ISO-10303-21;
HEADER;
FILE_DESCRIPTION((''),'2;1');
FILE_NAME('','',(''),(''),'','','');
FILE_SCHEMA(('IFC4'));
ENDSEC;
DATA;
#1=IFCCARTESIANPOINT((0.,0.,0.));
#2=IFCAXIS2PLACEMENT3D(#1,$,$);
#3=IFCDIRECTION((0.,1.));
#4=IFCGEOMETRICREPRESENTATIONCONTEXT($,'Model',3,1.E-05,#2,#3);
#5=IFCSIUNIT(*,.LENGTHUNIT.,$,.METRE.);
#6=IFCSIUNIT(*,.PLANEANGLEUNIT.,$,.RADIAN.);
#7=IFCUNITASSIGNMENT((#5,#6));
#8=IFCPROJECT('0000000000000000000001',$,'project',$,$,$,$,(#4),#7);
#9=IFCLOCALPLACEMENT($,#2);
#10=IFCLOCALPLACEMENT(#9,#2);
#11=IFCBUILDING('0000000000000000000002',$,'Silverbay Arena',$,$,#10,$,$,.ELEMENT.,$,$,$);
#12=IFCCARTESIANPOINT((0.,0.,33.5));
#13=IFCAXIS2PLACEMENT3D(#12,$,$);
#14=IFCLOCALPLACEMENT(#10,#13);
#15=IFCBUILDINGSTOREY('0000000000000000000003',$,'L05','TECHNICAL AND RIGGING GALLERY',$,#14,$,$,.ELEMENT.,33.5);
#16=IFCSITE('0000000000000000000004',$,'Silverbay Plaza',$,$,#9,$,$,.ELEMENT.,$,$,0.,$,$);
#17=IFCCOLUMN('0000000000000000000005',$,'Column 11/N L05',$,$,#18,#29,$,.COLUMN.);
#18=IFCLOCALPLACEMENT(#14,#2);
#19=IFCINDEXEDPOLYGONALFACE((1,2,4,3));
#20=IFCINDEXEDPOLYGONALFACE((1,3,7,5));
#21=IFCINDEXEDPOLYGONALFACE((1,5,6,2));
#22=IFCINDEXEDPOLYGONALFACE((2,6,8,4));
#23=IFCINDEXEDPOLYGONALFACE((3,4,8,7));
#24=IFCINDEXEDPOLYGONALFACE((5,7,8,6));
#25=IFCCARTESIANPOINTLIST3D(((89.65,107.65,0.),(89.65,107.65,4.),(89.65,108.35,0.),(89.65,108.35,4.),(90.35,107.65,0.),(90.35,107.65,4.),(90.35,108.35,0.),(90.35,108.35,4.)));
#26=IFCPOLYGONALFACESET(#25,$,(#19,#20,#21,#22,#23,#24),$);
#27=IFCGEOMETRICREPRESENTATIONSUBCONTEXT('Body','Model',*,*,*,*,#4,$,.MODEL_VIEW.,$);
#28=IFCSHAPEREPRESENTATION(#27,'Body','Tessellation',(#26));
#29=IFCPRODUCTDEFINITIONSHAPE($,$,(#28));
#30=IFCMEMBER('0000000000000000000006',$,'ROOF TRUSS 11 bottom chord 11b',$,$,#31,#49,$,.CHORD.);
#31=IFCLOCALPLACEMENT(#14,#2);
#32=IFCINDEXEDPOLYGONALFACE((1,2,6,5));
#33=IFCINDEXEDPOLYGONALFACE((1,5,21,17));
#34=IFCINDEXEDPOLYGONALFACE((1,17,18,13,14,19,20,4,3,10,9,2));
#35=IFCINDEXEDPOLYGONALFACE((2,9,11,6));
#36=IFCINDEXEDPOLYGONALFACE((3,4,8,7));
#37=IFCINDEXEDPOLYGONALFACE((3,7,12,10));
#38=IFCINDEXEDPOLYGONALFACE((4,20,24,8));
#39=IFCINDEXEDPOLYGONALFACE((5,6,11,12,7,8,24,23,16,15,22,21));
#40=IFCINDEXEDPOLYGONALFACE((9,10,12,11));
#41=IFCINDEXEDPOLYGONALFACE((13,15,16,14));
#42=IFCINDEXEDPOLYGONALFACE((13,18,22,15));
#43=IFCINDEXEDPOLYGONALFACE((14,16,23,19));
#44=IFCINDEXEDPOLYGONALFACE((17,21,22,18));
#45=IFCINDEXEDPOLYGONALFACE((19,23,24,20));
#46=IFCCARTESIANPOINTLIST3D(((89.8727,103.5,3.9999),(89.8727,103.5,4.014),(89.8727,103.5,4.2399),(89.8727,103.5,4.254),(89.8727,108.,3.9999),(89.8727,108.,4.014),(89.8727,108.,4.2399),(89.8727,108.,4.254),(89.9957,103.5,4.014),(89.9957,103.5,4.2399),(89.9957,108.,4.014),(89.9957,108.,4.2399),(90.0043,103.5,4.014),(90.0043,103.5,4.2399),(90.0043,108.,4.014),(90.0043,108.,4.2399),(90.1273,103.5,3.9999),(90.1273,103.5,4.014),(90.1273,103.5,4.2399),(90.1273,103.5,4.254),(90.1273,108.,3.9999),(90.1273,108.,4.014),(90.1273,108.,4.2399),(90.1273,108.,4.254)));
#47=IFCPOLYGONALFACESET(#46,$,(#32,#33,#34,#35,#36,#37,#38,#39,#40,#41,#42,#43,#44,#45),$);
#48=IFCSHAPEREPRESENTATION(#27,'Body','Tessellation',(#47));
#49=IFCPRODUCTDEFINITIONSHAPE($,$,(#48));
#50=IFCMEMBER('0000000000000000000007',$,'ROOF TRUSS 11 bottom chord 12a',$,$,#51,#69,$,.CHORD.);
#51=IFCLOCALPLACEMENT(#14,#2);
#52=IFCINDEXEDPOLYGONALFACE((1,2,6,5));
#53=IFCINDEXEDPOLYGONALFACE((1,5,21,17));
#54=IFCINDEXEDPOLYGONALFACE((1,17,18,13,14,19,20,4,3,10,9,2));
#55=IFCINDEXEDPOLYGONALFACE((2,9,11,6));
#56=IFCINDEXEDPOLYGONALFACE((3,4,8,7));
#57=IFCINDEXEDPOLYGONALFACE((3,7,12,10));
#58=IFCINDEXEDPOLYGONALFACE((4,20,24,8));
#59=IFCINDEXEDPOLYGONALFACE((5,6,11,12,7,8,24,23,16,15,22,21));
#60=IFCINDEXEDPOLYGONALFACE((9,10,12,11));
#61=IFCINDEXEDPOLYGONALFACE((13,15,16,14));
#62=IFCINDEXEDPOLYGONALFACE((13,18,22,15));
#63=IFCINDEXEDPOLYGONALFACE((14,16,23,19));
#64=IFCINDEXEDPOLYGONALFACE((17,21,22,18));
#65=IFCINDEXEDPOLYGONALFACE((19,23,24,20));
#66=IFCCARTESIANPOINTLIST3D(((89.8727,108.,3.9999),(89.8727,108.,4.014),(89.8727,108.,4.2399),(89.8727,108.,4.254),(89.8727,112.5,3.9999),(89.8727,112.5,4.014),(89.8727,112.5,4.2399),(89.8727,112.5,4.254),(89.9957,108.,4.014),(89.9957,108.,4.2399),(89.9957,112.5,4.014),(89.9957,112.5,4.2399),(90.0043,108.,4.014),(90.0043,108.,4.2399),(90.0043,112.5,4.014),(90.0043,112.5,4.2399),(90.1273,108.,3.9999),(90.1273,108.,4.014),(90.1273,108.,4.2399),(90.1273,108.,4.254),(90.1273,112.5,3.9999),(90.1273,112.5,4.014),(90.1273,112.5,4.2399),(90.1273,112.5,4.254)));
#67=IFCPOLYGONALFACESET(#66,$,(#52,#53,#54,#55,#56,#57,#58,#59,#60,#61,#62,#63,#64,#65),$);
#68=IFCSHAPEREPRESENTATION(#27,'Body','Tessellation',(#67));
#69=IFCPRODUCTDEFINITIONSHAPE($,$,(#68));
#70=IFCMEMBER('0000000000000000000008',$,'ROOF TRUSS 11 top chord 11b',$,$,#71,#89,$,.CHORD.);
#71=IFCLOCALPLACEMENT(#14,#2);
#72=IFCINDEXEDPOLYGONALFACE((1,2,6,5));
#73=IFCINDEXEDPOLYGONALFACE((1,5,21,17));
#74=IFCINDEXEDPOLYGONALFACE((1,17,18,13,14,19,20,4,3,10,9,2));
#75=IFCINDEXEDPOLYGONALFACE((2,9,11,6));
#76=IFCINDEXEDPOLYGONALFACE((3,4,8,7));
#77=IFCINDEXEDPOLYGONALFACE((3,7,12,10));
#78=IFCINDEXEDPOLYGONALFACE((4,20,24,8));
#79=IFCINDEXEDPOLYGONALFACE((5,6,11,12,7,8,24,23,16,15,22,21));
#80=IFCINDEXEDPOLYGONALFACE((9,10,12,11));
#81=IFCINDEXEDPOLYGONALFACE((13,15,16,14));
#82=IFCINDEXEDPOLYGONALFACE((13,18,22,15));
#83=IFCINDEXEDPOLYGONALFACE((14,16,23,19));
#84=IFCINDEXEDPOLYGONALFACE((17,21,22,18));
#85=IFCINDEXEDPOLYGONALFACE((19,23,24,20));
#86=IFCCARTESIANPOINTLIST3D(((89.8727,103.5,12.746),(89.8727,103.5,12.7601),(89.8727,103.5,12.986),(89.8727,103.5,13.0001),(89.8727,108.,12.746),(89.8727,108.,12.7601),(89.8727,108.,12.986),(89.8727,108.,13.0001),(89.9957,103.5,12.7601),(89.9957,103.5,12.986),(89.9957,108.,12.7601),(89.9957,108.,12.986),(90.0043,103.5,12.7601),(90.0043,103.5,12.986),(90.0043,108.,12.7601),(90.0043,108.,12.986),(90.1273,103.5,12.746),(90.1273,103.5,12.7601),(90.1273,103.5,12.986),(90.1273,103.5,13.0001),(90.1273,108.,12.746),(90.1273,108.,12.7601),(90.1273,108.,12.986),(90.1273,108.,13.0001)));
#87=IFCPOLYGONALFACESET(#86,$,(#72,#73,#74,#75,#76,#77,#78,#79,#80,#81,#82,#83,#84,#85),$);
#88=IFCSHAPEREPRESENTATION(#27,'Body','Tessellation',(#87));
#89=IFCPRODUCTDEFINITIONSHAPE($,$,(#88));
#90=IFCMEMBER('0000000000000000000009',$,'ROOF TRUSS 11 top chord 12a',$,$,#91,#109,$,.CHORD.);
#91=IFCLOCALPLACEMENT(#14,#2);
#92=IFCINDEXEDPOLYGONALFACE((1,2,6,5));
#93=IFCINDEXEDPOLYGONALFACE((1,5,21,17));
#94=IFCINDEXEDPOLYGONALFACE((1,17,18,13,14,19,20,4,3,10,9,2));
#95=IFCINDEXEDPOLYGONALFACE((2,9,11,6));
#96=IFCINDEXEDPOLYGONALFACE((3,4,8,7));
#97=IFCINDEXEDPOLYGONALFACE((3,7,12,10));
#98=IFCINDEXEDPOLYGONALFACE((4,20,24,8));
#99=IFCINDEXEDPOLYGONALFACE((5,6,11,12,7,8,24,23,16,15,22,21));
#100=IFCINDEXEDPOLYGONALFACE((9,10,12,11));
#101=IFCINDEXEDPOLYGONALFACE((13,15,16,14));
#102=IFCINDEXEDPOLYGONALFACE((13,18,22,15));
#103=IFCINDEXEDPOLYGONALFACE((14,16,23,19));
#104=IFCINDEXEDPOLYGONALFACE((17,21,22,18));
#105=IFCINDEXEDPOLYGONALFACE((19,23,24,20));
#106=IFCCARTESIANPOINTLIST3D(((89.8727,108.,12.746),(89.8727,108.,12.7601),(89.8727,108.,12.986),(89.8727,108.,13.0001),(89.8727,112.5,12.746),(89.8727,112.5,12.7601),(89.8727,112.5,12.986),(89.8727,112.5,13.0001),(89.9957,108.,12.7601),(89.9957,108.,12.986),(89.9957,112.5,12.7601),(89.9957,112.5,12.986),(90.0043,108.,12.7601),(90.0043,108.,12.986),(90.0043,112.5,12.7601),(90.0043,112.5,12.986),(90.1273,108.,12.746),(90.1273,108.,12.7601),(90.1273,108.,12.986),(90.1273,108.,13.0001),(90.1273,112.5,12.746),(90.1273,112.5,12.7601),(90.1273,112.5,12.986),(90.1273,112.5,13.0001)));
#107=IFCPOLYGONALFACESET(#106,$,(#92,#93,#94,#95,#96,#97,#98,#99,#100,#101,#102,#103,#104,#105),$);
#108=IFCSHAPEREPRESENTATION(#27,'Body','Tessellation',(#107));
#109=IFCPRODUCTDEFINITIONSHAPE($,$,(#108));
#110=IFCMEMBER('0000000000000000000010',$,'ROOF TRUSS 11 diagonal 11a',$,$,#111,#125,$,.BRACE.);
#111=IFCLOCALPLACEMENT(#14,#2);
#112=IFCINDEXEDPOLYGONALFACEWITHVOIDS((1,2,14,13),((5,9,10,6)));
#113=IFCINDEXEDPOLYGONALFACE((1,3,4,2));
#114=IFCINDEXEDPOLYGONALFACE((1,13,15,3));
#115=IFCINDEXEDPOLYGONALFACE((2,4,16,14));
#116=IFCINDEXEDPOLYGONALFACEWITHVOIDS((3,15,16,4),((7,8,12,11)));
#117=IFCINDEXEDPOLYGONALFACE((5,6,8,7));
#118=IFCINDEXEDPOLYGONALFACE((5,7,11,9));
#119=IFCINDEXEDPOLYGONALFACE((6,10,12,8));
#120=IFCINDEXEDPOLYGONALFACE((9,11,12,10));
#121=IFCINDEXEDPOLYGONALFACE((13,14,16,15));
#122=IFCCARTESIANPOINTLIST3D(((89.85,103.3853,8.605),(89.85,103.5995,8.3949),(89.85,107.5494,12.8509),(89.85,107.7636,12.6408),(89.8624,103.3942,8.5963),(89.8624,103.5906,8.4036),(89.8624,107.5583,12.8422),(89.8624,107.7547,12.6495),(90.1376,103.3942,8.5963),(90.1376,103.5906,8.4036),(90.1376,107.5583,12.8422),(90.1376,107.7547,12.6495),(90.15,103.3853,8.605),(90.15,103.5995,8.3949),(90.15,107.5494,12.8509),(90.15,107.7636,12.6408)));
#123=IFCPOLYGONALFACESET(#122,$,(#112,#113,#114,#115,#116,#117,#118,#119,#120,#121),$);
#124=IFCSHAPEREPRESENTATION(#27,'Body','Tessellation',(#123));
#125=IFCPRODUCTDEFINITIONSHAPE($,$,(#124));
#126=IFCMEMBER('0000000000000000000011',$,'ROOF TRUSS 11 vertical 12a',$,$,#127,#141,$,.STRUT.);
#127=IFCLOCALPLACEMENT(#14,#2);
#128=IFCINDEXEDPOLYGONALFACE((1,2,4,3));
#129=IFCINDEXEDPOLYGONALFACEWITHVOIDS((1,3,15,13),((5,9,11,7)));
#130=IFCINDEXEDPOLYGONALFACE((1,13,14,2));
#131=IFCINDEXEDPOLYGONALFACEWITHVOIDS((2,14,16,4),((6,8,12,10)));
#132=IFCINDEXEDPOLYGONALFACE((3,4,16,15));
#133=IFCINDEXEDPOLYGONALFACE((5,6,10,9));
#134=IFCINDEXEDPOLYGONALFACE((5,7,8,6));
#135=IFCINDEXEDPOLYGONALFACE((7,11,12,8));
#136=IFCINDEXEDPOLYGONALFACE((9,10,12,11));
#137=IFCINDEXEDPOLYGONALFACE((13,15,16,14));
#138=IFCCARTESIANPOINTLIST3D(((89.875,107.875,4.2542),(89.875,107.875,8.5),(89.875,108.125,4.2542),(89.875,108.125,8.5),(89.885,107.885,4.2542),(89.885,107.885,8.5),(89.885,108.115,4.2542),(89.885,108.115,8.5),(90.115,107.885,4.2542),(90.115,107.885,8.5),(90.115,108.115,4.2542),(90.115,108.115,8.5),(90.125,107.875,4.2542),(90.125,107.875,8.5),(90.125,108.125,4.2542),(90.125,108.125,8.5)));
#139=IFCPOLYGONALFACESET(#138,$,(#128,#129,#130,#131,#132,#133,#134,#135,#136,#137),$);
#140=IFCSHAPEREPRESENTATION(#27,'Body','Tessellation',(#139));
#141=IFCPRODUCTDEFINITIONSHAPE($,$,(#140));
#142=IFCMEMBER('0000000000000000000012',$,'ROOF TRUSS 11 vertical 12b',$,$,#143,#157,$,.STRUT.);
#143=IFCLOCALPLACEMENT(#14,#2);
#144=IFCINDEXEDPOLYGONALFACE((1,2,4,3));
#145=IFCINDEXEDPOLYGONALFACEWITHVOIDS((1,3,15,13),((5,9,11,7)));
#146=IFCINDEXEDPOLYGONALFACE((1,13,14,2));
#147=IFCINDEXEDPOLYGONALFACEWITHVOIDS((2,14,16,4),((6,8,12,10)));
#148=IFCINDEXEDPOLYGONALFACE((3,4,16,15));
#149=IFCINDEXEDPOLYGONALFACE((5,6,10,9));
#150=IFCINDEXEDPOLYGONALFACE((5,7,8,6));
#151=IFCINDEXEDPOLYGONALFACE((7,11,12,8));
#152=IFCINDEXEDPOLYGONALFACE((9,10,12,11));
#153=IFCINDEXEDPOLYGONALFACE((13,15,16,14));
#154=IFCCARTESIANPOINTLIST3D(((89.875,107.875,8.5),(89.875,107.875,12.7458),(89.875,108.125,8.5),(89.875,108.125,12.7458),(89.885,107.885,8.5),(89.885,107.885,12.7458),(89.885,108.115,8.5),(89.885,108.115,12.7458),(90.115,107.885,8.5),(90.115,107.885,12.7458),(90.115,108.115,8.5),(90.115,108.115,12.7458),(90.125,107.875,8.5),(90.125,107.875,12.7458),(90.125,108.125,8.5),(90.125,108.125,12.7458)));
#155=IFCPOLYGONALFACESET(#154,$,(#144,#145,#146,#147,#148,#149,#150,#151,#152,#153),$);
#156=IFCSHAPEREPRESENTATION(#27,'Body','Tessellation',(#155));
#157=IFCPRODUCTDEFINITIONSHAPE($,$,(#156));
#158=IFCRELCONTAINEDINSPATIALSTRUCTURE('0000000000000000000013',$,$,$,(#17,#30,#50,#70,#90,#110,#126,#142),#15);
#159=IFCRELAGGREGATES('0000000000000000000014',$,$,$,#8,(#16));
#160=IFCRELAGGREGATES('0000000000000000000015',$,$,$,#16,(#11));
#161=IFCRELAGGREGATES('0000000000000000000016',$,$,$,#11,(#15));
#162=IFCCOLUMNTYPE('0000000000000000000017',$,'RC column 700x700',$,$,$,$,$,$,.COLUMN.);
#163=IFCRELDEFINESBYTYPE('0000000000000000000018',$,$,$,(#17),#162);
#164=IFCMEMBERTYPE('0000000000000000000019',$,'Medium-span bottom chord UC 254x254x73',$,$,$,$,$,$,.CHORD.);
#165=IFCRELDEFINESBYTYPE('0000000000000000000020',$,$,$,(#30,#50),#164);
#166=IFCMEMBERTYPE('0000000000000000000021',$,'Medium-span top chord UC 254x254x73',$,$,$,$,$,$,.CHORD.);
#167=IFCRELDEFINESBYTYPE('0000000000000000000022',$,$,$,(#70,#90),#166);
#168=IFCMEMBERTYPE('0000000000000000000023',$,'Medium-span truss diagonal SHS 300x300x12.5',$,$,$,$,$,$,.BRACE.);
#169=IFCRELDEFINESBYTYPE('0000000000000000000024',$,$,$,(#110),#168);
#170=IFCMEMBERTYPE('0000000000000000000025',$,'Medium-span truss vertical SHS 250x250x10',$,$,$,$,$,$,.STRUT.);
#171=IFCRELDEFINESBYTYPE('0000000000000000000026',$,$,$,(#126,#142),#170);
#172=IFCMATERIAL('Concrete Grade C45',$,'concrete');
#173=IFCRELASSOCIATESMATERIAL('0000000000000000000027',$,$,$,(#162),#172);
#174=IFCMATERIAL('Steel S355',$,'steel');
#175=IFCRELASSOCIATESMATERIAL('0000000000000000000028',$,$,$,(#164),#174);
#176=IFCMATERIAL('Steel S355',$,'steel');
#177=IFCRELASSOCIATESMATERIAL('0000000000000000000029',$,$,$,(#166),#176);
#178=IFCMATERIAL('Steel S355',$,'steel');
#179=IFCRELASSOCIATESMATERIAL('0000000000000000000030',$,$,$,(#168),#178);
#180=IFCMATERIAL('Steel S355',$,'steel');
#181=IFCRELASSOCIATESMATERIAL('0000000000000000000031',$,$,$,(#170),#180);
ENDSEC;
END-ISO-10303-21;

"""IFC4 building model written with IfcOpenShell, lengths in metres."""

from ifc_helpers import new_model, si_unit, direction, frame, origin, origin_2d, place, context, subcontext, project, spatial, rectangle, hollow_rectangle, i_section, extrude, material, material_profile, profile_set, type_object, element, save


model = new_model("IFC4")

# Units and contexts
model_context = context("Model", 3, precision=1e-05, world=origin(), true_north=direction((0.0, 1.0)))
body_context = subcontext(model_context, "Body", "Model", "MODEL_VIEW")
ifc_project = project(units=[si_unit("LENGTHUNIT", "METRE"), si_unit("PLANEANGLEUNIT", "RADIAN")], contexts=[model_context])

# Site, building, storey
site_placement = place(None, origin())
site = spatial("IfcSite", under=ifc_project, at=site_placement, Name="Silverbay Plaza", CompositionType="ELEMENT", RefElevation=0.0)
building_placement = place(site_placement, origin())
building = spatial("IfcBuilding", under=site, at=building_placement, Name="Silverbay Arena", CompositionType="ELEMENT")
storey_placement = place(building_placement, frame((0.0, 0.0, 33.5)))
storey = spatial("IfcBuildingStorey", under=building, at=storey_placement, Name="L05", Description="TECHNICAL AND RIGGING GALLERY", CompositionType="ELEMENT", Elevation=33.5)

# Column
ifc_material_1 = material(Name="Concrete Grade C45", Category="concrete")
ifc_material_profile_1 = material_profile(ifc_material_1, rectangle(XDim=0.7, YDim=0.7, at=origin_2d()), Name="RC 700x700")
ifc_profile_set_1 = profile_set([ifc_material_profile_1], Name="Concrete Grade C45")
column_type = type_object("IfcColumnType", Name="RC column 700x700", PredefinedType="COLUMN", material=ifc_profile_set_1)
column_placement = place(storey_placement, frame((90.0, 108.0, 0.0), z_axis=(0.0, 0.0, 1.0), x_axis=(1.0, 0.0, 0.0)))
element("IfcColumn", 1, at=column_placement, inside=storey, type_object=column_type, Name="Column 11/N L05", PredefinedType="COLUMN", context=body_context, shape_type="SweptSolid", body=[
    extrude(rectangle(XDim=0.7, YDim=0.7, at=origin_2d()), origin(), (0.0, 0.0, 1.0), 4.0),
])

# Members
ifc_material_2 = material(Name="Steel S355", Category="steel")
ifc_material_profile_2 = material_profile(ifc_material_2, i_section(OverallWidth=0.2546, OverallDepth=0.2542, WebThickness=0.0085, FlangeThickness=0.0142, at=origin_2d()), Name="UC 254x254x73")
ifc_profile_set_2 = profile_set([ifc_material_profile_2], Name="Steel S355")
member_type_1 = type_object("IfcMemberType", Name="Medium-span bottom chord UC 254x254x73", PredefinedType="CHORD", material=ifc_profile_set_2)
for number, where, z_axis, x_axis, name in (
    (2, (90.0, 103.5, 4.127), (0.0, 1.0, 0.0), (-1.0, 0.0, 0.0), "ROOF TRUSS 11 bottom chord 11b"),
    (3, (90.0, 108.0, 4.127), (0.0, 1.0, 0.0), (-1.0, 0.0, 0.0), "ROOF TRUSS 11 bottom chord 12a"),
):
    element("IfcMember", number, at=place(storey_placement, frame(where, z_axis=z_axis, x_axis=x_axis)), inside=storey, type_object=member_type_1, Name=name, PredefinedType="CHORD", context=body_context, shape_type="SweptSolid", body=[
        extrude(i_section(OverallWidth=0.2546, OverallDepth=0.2542, WebThickness=0.0085, FlangeThickness=0.0142, at=origin_2d()), origin(), (0.0, 0.0, 1.0), 4.5),
    ])
ifc_material_3 = material(Name="Steel S355", Category="steel")
ifc_material_profile_3 = material_profile(ifc_material_3, i_section(OverallWidth=0.2546, OverallDepth=0.2542, WebThickness=0.0085, FlangeThickness=0.0142, at=origin_2d()), Name="UC 254x254x73")
ifc_profile_set_3 = profile_set([ifc_material_profile_3], Name="Steel S355")
member_type_2 = type_object("IfcMemberType", Name="Medium-span top chord UC 254x254x73", PredefinedType="CHORD", material=ifc_profile_set_3)
for number, where, z_axis, x_axis, name in (
    (4, (90.0, 103.5, 12.873), (0.0, 1.0, 0.0), (-1.0, 0.0, 0.0), "ROOF TRUSS 11 top chord 11b"),
    (5, (90.0, 108.0, 12.873), (0.0, 1.0, 0.0), (-1.0, 0.0, 0.0), "ROOF TRUSS 11 top chord 12a"),
):
    element("IfcMember", number, at=place(storey_placement, frame(where, z_axis=z_axis, x_axis=x_axis)), inside=storey, type_object=member_type_2, Name=name, PredefinedType="CHORD", context=body_context, shape_type="SweptSolid", body=[
        extrude(i_section(OverallWidth=0.2546, OverallDepth=0.2542, WebThickness=0.0085, FlangeThickness=0.0142, at=origin_2d()), origin(), (0.0, 0.0, 1.0), 4.5),
    ])
ifc_material_4 = material(Name="Steel S355", Category="steel")
ifc_material_profile_4 = material_profile(ifc_material_4, hollow_rectangle(XDim=0.3, YDim=0.3, WallThickness=0.0125, at=origin_2d()), Name="SHS 300x300x12.5")
ifc_profile_set_4 = profile_set([ifc_material_profile_4], Name="Steel S355")
member_type_3 = type_object("IfcMemberType", Name="Medium-span truss diagonal SHS 300x300x12.5", PredefinedType="BRACE", material=ifc_profile_set_4)
member_1_placement = place(storey_placement, frame((90.0, 107.6565, 12.7458), z_axis=(0.0, -0.700197, -0.71395), x_axis=(1.0, 0.0, 0.0)))
element("IfcMember", 6, at=member_1_placement, inside=storey, type_object=member_type_3, Name="ROOF TRUSS 11 diagonal 11a", PredefinedType="BRACE", context=body_context, shape_type="SweptSolid", body=[
    extrude(hollow_rectangle(XDim=0.3, YDim=0.3, WallThickness=0.0125, at=origin_2d()), origin(), (0.0, 0.0, 1.0), 5.947),
])
ifc_material_5 = material(Name="Steel S355", Category="steel")
ifc_material_profile_5 = material_profile(ifc_material_5, hollow_rectangle(XDim=0.25, YDim=0.25, WallThickness=0.01, at=origin_2d()), Name="SHS 250x250x10")
ifc_profile_set_5 = profile_set([ifc_material_profile_5], Name="Steel S355")
member_type_4 = type_object("IfcMemberType", Name="Medium-span truss vertical SHS 250x250x10", PredefinedType="STRUT", material=ifc_profile_set_5)
for number, where, z_axis, x_axis, name in (
    (7, (90.0, 108.0, 4.2542), (0.0, 0.0, 1.0), (1.0, 0.0, 0.0), "ROOF TRUSS 11 vertical 12a"),
    (8, (90.0, 108.0, 8.5), (0.0, 0.0, 1.0), (1.0, 0.0, 0.0), "ROOF TRUSS 11 vertical 12b"),
):
    element("IfcMember", number, at=place(storey_placement, frame(where, z_axis=z_axis, x_axis=x_axis)), inside=storey, type_object=member_type_4, Name=name, PredefinedType="STRUT", context=body_context, shape_type="SweptSolid", body=[
        extrude(hollow_rectangle(XDim=0.25, YDim=0.25, WallThickness=0.01, at=origin_2d()), origin(), (0.0, 0.0, 1.0), 4.2458),
    ])

save(model, "model.ifc")
